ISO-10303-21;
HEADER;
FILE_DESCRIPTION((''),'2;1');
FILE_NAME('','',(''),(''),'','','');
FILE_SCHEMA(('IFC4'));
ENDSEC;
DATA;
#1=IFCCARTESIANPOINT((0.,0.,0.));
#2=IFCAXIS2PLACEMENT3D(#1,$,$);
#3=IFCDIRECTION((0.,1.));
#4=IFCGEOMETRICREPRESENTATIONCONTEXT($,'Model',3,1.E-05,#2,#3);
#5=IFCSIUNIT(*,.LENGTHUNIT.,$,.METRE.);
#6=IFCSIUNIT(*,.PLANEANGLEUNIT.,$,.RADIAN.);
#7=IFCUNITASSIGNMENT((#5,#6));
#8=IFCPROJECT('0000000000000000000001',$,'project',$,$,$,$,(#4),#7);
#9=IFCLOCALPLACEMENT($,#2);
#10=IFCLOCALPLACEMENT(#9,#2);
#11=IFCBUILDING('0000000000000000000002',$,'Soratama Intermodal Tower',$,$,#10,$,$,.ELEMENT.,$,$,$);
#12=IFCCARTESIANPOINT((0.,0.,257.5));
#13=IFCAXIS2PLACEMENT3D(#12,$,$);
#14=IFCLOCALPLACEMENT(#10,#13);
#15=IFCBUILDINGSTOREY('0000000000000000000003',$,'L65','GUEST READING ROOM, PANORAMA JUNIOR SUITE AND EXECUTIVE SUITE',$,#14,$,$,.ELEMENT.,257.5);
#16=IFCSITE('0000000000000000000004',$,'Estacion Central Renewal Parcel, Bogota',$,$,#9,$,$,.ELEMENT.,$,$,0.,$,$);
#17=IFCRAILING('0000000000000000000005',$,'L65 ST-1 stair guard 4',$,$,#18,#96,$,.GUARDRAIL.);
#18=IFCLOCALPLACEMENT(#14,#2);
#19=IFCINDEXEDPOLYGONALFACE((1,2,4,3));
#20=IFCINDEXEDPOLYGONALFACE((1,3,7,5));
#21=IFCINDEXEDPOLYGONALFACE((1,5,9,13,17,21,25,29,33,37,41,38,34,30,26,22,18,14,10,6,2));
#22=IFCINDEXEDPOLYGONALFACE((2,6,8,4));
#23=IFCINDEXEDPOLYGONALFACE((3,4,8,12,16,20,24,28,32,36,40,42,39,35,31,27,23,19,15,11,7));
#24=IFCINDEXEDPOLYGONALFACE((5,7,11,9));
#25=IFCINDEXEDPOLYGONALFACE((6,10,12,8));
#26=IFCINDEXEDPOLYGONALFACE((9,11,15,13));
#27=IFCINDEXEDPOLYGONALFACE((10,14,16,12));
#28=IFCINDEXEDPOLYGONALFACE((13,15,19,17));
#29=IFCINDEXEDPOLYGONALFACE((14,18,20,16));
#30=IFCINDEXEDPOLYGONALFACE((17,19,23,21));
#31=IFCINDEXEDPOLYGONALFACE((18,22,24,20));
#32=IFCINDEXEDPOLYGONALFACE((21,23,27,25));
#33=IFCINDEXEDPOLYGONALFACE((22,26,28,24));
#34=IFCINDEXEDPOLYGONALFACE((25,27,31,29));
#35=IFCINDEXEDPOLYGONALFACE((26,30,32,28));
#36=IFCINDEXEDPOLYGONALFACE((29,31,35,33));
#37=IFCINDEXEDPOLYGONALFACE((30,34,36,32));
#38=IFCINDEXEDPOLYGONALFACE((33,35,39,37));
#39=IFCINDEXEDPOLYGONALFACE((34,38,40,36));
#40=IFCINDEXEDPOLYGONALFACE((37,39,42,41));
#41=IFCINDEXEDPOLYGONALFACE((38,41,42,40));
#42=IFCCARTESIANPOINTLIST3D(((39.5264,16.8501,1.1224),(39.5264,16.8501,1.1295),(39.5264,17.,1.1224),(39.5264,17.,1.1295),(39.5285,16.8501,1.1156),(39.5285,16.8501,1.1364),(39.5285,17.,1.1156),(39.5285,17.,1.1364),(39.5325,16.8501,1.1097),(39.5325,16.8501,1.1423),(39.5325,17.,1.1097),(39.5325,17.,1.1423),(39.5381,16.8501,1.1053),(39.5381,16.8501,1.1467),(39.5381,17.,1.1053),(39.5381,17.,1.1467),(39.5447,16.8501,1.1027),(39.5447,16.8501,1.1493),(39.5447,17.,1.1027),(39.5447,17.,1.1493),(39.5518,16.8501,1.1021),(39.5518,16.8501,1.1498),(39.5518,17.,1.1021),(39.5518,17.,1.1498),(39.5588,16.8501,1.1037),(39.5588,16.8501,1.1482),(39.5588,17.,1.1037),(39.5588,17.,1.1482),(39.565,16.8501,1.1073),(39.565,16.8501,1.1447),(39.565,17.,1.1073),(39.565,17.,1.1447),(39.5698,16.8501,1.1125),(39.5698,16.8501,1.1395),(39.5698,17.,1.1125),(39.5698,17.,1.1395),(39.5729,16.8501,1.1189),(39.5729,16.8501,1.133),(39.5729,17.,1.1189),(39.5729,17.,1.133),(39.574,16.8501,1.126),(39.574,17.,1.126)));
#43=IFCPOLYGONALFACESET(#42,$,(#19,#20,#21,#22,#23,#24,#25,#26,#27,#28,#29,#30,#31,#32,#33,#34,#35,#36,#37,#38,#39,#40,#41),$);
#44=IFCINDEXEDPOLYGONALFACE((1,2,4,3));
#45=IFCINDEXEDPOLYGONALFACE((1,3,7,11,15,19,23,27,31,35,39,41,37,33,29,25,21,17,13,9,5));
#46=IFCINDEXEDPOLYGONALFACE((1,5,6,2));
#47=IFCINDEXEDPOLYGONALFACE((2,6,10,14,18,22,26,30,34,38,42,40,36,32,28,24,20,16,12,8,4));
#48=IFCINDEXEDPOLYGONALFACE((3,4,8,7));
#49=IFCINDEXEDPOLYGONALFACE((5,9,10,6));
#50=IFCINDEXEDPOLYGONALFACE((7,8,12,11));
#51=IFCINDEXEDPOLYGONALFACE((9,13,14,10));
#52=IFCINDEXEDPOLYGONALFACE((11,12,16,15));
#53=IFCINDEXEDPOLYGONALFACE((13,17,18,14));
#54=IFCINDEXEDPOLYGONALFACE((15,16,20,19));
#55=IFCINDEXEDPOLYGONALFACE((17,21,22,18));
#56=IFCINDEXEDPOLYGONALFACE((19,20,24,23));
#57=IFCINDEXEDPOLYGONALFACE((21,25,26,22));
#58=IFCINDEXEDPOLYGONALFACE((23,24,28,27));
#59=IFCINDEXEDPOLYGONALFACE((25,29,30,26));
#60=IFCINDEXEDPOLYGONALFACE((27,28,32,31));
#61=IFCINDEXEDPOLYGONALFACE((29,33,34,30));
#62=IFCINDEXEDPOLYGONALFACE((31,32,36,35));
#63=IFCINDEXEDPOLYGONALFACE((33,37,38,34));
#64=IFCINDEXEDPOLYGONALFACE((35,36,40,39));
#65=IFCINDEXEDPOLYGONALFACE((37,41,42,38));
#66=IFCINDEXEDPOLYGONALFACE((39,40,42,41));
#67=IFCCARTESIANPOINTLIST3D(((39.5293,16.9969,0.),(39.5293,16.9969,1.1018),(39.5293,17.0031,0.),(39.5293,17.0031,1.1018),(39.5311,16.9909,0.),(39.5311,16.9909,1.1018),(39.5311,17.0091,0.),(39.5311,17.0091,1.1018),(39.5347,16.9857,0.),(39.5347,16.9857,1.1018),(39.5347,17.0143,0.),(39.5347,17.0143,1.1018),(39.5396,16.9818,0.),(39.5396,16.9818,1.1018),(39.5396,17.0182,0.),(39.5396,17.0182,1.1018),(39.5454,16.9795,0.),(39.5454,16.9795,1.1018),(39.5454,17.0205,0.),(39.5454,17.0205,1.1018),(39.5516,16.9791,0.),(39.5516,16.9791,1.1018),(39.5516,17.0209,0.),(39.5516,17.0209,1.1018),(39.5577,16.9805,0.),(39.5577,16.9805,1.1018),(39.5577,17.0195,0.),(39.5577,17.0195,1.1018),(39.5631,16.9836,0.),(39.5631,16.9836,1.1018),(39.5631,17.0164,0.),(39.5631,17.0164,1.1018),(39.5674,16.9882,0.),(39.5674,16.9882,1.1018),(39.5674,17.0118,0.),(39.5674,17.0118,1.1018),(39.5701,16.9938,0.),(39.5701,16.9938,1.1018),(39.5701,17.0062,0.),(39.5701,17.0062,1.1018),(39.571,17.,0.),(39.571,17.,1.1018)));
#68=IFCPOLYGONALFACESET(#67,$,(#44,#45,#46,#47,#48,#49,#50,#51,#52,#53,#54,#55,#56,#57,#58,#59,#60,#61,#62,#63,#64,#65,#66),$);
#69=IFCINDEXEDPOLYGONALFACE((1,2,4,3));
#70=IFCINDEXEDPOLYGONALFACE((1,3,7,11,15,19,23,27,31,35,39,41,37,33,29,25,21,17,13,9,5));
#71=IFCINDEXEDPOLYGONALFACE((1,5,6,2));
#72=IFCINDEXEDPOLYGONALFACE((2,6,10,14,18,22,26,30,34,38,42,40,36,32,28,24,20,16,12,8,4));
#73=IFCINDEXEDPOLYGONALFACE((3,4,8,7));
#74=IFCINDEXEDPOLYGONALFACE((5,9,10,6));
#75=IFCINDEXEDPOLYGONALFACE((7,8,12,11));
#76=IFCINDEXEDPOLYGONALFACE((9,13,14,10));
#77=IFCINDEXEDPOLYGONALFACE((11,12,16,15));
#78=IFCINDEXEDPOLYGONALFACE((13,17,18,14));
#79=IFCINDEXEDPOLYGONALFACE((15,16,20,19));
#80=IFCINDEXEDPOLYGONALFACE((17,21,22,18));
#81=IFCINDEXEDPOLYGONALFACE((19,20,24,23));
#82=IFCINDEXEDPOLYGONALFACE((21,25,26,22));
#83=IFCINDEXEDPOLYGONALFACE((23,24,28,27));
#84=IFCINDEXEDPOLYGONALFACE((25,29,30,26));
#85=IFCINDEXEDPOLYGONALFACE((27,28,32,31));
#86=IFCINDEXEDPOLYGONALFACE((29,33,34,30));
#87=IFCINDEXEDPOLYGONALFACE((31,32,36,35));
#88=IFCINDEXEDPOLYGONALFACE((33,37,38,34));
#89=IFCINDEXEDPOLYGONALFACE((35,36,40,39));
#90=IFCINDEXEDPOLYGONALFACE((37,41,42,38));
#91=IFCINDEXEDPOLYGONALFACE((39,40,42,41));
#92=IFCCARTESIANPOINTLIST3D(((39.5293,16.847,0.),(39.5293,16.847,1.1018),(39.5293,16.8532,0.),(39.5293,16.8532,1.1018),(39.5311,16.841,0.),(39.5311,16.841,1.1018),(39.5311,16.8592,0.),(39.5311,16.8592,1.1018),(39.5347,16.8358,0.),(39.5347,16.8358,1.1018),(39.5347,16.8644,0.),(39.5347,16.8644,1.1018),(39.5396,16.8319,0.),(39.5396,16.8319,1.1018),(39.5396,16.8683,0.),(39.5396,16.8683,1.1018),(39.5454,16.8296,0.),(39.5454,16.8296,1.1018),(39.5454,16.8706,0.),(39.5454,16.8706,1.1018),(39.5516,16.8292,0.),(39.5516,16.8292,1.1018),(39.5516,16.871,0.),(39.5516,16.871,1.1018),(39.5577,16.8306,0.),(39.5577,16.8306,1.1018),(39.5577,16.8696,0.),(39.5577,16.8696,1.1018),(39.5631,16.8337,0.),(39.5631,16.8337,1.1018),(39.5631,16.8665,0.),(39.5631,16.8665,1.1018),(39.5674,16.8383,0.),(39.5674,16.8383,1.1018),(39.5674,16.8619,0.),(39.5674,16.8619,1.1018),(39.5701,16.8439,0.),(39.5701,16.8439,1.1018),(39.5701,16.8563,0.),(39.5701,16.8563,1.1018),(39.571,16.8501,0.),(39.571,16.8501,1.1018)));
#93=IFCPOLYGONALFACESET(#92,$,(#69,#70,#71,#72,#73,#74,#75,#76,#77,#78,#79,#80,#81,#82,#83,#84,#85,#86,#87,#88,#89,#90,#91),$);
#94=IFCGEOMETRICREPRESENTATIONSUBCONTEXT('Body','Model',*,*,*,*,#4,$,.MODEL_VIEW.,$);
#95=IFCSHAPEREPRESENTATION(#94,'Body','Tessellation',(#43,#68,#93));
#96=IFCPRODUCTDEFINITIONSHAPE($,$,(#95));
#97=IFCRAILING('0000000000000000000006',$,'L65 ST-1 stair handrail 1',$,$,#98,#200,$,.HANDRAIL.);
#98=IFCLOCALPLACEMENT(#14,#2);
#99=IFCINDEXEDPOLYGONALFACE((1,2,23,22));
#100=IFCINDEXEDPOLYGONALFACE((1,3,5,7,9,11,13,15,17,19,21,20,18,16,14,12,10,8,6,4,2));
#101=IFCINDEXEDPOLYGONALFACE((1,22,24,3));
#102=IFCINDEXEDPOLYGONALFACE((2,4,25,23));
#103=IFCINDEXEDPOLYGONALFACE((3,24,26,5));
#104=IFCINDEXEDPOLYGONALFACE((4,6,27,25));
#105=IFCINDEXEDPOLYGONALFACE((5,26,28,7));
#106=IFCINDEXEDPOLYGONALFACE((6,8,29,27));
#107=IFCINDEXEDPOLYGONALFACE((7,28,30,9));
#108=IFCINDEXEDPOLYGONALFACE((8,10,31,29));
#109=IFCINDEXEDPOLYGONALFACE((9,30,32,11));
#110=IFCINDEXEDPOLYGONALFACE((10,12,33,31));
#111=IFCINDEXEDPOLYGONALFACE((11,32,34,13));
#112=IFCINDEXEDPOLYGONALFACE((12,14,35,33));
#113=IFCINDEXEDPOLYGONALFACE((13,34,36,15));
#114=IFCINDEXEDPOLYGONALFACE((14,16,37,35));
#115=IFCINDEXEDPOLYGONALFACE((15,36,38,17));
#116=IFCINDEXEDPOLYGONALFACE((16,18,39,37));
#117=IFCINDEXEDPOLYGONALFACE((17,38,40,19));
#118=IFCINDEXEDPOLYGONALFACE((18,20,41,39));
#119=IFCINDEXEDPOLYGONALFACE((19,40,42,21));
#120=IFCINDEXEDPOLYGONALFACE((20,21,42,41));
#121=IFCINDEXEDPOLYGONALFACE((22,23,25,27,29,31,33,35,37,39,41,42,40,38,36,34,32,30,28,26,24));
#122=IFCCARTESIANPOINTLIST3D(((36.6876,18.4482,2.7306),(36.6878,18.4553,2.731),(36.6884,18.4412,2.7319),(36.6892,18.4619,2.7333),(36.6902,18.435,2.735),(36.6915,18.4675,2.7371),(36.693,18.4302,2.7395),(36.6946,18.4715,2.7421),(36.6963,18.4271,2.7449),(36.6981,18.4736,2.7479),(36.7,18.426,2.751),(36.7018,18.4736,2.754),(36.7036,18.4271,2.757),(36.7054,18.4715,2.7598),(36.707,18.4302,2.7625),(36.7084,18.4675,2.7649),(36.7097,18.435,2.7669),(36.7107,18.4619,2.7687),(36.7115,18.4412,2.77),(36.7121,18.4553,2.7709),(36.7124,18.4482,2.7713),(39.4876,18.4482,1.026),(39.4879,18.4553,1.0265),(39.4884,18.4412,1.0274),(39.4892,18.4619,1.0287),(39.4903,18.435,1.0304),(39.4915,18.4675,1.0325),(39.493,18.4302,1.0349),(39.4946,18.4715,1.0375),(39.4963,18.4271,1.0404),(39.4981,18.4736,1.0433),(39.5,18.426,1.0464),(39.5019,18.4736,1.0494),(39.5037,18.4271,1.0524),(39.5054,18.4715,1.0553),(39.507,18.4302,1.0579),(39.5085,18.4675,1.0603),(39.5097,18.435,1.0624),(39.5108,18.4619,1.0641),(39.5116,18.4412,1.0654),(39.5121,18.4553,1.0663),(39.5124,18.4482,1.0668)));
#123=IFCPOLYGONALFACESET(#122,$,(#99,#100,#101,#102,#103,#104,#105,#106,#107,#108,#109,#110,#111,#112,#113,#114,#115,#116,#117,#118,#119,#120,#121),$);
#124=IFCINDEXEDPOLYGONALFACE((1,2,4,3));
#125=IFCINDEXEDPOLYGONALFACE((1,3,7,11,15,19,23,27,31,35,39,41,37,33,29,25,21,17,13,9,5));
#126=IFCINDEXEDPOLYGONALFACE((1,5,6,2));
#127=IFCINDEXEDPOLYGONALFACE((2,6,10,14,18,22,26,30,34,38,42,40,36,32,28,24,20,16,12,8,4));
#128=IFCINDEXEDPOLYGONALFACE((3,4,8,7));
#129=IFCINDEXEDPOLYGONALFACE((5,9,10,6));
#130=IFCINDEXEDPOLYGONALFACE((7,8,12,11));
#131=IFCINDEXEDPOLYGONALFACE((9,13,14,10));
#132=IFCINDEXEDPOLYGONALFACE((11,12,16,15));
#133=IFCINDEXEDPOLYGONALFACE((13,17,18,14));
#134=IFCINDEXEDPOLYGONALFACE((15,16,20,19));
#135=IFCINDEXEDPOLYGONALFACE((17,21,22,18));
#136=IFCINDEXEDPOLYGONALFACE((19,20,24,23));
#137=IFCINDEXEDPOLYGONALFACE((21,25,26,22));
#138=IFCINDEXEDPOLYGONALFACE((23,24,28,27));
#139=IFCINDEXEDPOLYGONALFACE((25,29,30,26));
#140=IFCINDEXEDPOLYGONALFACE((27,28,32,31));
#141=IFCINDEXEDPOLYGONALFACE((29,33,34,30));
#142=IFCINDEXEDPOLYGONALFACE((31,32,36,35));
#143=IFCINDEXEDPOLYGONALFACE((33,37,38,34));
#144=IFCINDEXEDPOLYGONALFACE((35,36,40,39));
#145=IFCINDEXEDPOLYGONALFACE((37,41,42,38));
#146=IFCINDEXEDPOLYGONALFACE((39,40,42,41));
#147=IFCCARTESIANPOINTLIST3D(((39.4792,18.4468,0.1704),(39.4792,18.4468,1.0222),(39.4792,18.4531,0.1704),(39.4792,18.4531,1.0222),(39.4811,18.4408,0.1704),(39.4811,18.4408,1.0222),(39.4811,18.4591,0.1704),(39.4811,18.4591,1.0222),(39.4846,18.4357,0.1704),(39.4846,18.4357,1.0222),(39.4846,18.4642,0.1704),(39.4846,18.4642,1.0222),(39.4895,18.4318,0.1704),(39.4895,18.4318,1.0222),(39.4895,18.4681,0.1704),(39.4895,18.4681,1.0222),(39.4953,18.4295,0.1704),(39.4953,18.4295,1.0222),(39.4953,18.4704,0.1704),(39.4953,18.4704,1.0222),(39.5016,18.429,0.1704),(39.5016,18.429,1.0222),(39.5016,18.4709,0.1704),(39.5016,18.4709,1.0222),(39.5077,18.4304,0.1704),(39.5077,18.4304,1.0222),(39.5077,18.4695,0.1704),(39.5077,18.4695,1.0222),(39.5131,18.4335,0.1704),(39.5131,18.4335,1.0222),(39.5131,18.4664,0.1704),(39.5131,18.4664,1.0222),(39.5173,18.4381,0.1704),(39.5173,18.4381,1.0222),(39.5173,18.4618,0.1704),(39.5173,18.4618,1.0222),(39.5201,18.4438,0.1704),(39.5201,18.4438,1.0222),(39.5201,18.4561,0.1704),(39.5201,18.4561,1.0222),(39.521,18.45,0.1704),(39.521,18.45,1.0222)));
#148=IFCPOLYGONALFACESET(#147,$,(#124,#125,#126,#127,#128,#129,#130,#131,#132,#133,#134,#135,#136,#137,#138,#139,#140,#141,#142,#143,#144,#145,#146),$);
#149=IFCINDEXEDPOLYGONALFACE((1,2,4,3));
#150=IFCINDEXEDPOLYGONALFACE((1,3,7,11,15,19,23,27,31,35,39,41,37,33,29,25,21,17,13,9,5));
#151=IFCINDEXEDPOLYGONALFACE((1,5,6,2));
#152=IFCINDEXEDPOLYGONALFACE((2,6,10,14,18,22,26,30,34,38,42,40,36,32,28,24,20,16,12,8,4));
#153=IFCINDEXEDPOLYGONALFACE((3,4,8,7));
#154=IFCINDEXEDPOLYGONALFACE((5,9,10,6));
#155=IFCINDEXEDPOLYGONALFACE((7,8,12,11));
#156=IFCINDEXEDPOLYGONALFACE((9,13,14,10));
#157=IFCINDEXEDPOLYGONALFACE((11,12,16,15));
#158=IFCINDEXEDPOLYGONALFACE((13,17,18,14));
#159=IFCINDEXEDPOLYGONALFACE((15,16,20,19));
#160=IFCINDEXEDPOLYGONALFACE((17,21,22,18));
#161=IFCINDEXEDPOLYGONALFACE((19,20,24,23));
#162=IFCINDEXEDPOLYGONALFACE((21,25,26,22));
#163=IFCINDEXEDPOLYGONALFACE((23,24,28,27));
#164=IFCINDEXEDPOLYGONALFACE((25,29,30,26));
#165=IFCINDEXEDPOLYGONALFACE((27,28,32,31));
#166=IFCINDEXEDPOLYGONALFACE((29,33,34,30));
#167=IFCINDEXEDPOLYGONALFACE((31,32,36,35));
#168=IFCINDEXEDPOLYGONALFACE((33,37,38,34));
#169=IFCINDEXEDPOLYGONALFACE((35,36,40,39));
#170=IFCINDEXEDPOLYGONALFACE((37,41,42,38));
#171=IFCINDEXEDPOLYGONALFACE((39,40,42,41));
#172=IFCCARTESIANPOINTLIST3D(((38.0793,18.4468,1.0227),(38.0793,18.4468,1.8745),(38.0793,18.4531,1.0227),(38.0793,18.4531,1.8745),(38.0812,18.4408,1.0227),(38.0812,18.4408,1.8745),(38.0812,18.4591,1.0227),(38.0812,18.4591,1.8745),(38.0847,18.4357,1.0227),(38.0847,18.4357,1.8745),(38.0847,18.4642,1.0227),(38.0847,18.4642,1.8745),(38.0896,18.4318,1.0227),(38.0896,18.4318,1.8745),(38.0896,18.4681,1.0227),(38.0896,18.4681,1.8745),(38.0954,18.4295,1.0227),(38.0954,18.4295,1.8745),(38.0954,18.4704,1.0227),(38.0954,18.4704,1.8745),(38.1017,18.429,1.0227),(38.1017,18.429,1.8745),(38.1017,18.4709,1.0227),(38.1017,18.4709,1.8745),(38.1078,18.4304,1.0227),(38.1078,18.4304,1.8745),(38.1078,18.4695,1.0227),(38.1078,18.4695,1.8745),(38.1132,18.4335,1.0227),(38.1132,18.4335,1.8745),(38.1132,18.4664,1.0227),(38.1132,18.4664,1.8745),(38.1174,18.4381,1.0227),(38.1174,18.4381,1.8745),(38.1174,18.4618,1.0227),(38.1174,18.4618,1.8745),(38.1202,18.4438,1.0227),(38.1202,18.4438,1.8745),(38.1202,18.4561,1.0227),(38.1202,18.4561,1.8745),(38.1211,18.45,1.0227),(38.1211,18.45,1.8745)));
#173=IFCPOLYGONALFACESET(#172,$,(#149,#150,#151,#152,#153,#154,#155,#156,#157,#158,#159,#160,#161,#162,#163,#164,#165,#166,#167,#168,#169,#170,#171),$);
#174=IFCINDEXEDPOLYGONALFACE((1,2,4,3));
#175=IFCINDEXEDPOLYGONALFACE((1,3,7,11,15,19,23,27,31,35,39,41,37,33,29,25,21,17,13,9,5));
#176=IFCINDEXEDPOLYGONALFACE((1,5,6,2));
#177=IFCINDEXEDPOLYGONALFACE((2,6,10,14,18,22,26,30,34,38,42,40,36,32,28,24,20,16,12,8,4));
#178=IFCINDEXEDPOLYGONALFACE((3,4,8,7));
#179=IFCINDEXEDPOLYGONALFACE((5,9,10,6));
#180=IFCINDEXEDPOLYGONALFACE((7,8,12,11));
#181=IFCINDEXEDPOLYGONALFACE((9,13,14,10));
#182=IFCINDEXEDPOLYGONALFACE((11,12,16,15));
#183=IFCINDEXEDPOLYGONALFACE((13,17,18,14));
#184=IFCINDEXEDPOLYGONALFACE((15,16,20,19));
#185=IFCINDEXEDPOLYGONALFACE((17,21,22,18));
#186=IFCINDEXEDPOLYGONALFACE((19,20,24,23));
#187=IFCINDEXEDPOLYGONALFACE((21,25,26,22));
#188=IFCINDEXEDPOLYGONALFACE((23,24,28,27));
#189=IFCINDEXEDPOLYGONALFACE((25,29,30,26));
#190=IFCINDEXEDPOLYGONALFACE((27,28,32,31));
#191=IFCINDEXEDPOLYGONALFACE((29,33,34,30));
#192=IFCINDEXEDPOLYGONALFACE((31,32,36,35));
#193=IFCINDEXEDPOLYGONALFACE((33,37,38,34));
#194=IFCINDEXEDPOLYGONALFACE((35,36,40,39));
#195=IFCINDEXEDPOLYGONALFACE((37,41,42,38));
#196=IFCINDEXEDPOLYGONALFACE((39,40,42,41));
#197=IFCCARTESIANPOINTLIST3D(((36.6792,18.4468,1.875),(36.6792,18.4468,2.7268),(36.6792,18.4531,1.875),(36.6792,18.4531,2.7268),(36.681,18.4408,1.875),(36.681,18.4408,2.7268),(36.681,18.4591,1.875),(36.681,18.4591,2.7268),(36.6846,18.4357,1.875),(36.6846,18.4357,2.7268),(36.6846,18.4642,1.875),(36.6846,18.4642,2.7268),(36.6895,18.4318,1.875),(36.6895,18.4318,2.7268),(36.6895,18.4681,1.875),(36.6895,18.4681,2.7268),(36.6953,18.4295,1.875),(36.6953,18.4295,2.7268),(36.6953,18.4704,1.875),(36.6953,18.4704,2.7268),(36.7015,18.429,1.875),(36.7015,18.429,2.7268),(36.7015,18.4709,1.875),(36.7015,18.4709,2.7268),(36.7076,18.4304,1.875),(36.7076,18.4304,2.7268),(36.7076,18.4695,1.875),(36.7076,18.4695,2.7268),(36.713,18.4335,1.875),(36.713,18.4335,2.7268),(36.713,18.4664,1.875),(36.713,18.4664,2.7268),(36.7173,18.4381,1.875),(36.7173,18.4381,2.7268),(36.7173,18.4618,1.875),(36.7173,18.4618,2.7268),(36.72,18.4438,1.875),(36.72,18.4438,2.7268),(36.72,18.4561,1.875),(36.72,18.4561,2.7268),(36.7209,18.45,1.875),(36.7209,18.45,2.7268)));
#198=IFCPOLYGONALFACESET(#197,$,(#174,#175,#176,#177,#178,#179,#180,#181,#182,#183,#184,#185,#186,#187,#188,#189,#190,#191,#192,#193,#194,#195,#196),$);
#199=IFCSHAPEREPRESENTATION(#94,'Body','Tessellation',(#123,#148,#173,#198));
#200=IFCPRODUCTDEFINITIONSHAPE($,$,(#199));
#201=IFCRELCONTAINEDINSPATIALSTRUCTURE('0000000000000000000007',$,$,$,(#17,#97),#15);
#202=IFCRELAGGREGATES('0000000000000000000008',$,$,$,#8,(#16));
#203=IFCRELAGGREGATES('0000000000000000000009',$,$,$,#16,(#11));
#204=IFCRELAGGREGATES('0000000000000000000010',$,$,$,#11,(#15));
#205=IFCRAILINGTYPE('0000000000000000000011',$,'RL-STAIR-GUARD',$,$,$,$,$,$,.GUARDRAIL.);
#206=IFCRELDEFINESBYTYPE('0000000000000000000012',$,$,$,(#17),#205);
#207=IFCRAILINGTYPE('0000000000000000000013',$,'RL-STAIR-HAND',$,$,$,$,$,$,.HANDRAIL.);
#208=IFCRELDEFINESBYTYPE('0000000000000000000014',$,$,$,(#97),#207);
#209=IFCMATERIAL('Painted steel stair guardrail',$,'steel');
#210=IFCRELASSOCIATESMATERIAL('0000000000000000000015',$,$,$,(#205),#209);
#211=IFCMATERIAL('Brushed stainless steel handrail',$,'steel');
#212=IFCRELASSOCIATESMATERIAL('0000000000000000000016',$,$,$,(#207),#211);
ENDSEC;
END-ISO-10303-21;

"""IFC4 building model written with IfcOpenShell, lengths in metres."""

from ifc_helpers import new_model, si_unit, direction, frame, origin, origin_2d, place, context, subcontext, project, spatial, circle, extrude, material, type_object, element, save


model = new_model("IFC4")

# Units and contexts
model_context = context("Model", 3, precision=1e-05, world=origin(), true_north=direction((0.0, 1.0)))
body_context = subcontext(model_context, "Body", "Model", "MODEL_VIEW")
ifc_project = project(units=[si_unit("LENGTHUNIT", "METRE"), si_unit("PLANEANGLEUNIT", "RADIAN")], contexts=[model_context])

# Site, building, storey
site_placement = place(None, origin())
site = spatial("IfcSite", under=ifc_project, at=site_placement, Name="Estacion Central Renewal Parcel, Bogota", CompositionType="ELEMENT", RefElevation=0.0)
building_placement = place(site_placement, origin())
building = spatial("IfcBuilding", under=site, at=building_placement, Name="Soratama Intermodal Tower", CompositionType="ELEMENT")
storey_placement = place(building_placement, frame((0.0, 0.0, 257.5)))
storey = spatial("IfcBuildingStorey", under=building, at=storey_placement, Name="L65", Description="GUEST READING ROOM, PANORAMA JUNIOR SUITE AND EXECUTIVE SUITE", CompositionType="ELEMENT", Elevation=257.5)

# Railings
ifc_material_1 = material(Name="Painted steel stair guardrail", Category="steel")
railing_type_1 = type_object("IfcRailingType", Name="RL-STAIR-GUARD", PredefinedType="GUARDRAIL", material=ifc_material_1)
railing_1_placement = place(storey_placement, frame((39.55, 17.0, 0.0)))
element("IfcRailing", 1, at=railing_1_placement, inside=storey, type_object=railing_type_1, Name="L65 ST-1 stair guard 4", PredefinedType="GUARDRAIL", context=body_context, shape_type="SweptSolid", body=[
    extrude(circle(Radius=0.0239, at=origin_2d()), frame((0.0, 0.0, 1.126), z_axis=(0.0, -1.0, 0.0), x_axis=(1.0, 0.0, 0.0)), (0.0, 0.0, 1.0), 0.1499),
    extrude(circle(Radius=0.021, at=origin_2d()), origin(), (0.0, 0.0, 1.0), 1.1018),
    extrude(circle(Radius=0.021, at=origin_2d()), frame((0.0, -0.1499, 0.0)), (0.0, 0.0, 1.0), 1.1018),
])
ifc_material_2 = material(Name="Brushed stainless steel handrail", Category="steel")
railing_type_2 = type_object("IfcRailingType", Name="RL-STAIR-HAND", PredefinedType="HANDRAIL", material=ifc_material_2)
railing_2_placement = place(storey_placement, frame((39.5, 18.45, 0.1704)))
element("IfcRailing", 2, at=railing_2_placement, inside=storey, type_object=railing_type_2, Name="L65 ST-1 stair handrail 1", PredefinedType="HANDRAIL", context=body_context, shape_type="SweptSolid", body=[
    extrude(circle(Radius=0.0239, at=origin_2d()), frame((0.0, 0.0, 0.876), z_axis=(-0.85417, 0.0, 0.519994), x_axis=(0.0, -1.0, 0.0)), (0.0, 0.0, 1.0), 3.2781),
    extrude(circle(Radius=0.021, at=origin_2d()), origin(), (0.0, 0.0, 1.0), 0.8518),
    extrude(circle(Radius=0.021, at=origin_2d()), frame((-1.3999, 0.0, 0.8523)), (0.0, 0.0, 1.0), 0.8518),
    extrude(circle(Radius=0.021, at=origin_2d()), frame((-2.8, 0.0, 1.7046)), (0.0, 0.0, 1.0), 0.8518),
])

save(model, "model.ifc")
